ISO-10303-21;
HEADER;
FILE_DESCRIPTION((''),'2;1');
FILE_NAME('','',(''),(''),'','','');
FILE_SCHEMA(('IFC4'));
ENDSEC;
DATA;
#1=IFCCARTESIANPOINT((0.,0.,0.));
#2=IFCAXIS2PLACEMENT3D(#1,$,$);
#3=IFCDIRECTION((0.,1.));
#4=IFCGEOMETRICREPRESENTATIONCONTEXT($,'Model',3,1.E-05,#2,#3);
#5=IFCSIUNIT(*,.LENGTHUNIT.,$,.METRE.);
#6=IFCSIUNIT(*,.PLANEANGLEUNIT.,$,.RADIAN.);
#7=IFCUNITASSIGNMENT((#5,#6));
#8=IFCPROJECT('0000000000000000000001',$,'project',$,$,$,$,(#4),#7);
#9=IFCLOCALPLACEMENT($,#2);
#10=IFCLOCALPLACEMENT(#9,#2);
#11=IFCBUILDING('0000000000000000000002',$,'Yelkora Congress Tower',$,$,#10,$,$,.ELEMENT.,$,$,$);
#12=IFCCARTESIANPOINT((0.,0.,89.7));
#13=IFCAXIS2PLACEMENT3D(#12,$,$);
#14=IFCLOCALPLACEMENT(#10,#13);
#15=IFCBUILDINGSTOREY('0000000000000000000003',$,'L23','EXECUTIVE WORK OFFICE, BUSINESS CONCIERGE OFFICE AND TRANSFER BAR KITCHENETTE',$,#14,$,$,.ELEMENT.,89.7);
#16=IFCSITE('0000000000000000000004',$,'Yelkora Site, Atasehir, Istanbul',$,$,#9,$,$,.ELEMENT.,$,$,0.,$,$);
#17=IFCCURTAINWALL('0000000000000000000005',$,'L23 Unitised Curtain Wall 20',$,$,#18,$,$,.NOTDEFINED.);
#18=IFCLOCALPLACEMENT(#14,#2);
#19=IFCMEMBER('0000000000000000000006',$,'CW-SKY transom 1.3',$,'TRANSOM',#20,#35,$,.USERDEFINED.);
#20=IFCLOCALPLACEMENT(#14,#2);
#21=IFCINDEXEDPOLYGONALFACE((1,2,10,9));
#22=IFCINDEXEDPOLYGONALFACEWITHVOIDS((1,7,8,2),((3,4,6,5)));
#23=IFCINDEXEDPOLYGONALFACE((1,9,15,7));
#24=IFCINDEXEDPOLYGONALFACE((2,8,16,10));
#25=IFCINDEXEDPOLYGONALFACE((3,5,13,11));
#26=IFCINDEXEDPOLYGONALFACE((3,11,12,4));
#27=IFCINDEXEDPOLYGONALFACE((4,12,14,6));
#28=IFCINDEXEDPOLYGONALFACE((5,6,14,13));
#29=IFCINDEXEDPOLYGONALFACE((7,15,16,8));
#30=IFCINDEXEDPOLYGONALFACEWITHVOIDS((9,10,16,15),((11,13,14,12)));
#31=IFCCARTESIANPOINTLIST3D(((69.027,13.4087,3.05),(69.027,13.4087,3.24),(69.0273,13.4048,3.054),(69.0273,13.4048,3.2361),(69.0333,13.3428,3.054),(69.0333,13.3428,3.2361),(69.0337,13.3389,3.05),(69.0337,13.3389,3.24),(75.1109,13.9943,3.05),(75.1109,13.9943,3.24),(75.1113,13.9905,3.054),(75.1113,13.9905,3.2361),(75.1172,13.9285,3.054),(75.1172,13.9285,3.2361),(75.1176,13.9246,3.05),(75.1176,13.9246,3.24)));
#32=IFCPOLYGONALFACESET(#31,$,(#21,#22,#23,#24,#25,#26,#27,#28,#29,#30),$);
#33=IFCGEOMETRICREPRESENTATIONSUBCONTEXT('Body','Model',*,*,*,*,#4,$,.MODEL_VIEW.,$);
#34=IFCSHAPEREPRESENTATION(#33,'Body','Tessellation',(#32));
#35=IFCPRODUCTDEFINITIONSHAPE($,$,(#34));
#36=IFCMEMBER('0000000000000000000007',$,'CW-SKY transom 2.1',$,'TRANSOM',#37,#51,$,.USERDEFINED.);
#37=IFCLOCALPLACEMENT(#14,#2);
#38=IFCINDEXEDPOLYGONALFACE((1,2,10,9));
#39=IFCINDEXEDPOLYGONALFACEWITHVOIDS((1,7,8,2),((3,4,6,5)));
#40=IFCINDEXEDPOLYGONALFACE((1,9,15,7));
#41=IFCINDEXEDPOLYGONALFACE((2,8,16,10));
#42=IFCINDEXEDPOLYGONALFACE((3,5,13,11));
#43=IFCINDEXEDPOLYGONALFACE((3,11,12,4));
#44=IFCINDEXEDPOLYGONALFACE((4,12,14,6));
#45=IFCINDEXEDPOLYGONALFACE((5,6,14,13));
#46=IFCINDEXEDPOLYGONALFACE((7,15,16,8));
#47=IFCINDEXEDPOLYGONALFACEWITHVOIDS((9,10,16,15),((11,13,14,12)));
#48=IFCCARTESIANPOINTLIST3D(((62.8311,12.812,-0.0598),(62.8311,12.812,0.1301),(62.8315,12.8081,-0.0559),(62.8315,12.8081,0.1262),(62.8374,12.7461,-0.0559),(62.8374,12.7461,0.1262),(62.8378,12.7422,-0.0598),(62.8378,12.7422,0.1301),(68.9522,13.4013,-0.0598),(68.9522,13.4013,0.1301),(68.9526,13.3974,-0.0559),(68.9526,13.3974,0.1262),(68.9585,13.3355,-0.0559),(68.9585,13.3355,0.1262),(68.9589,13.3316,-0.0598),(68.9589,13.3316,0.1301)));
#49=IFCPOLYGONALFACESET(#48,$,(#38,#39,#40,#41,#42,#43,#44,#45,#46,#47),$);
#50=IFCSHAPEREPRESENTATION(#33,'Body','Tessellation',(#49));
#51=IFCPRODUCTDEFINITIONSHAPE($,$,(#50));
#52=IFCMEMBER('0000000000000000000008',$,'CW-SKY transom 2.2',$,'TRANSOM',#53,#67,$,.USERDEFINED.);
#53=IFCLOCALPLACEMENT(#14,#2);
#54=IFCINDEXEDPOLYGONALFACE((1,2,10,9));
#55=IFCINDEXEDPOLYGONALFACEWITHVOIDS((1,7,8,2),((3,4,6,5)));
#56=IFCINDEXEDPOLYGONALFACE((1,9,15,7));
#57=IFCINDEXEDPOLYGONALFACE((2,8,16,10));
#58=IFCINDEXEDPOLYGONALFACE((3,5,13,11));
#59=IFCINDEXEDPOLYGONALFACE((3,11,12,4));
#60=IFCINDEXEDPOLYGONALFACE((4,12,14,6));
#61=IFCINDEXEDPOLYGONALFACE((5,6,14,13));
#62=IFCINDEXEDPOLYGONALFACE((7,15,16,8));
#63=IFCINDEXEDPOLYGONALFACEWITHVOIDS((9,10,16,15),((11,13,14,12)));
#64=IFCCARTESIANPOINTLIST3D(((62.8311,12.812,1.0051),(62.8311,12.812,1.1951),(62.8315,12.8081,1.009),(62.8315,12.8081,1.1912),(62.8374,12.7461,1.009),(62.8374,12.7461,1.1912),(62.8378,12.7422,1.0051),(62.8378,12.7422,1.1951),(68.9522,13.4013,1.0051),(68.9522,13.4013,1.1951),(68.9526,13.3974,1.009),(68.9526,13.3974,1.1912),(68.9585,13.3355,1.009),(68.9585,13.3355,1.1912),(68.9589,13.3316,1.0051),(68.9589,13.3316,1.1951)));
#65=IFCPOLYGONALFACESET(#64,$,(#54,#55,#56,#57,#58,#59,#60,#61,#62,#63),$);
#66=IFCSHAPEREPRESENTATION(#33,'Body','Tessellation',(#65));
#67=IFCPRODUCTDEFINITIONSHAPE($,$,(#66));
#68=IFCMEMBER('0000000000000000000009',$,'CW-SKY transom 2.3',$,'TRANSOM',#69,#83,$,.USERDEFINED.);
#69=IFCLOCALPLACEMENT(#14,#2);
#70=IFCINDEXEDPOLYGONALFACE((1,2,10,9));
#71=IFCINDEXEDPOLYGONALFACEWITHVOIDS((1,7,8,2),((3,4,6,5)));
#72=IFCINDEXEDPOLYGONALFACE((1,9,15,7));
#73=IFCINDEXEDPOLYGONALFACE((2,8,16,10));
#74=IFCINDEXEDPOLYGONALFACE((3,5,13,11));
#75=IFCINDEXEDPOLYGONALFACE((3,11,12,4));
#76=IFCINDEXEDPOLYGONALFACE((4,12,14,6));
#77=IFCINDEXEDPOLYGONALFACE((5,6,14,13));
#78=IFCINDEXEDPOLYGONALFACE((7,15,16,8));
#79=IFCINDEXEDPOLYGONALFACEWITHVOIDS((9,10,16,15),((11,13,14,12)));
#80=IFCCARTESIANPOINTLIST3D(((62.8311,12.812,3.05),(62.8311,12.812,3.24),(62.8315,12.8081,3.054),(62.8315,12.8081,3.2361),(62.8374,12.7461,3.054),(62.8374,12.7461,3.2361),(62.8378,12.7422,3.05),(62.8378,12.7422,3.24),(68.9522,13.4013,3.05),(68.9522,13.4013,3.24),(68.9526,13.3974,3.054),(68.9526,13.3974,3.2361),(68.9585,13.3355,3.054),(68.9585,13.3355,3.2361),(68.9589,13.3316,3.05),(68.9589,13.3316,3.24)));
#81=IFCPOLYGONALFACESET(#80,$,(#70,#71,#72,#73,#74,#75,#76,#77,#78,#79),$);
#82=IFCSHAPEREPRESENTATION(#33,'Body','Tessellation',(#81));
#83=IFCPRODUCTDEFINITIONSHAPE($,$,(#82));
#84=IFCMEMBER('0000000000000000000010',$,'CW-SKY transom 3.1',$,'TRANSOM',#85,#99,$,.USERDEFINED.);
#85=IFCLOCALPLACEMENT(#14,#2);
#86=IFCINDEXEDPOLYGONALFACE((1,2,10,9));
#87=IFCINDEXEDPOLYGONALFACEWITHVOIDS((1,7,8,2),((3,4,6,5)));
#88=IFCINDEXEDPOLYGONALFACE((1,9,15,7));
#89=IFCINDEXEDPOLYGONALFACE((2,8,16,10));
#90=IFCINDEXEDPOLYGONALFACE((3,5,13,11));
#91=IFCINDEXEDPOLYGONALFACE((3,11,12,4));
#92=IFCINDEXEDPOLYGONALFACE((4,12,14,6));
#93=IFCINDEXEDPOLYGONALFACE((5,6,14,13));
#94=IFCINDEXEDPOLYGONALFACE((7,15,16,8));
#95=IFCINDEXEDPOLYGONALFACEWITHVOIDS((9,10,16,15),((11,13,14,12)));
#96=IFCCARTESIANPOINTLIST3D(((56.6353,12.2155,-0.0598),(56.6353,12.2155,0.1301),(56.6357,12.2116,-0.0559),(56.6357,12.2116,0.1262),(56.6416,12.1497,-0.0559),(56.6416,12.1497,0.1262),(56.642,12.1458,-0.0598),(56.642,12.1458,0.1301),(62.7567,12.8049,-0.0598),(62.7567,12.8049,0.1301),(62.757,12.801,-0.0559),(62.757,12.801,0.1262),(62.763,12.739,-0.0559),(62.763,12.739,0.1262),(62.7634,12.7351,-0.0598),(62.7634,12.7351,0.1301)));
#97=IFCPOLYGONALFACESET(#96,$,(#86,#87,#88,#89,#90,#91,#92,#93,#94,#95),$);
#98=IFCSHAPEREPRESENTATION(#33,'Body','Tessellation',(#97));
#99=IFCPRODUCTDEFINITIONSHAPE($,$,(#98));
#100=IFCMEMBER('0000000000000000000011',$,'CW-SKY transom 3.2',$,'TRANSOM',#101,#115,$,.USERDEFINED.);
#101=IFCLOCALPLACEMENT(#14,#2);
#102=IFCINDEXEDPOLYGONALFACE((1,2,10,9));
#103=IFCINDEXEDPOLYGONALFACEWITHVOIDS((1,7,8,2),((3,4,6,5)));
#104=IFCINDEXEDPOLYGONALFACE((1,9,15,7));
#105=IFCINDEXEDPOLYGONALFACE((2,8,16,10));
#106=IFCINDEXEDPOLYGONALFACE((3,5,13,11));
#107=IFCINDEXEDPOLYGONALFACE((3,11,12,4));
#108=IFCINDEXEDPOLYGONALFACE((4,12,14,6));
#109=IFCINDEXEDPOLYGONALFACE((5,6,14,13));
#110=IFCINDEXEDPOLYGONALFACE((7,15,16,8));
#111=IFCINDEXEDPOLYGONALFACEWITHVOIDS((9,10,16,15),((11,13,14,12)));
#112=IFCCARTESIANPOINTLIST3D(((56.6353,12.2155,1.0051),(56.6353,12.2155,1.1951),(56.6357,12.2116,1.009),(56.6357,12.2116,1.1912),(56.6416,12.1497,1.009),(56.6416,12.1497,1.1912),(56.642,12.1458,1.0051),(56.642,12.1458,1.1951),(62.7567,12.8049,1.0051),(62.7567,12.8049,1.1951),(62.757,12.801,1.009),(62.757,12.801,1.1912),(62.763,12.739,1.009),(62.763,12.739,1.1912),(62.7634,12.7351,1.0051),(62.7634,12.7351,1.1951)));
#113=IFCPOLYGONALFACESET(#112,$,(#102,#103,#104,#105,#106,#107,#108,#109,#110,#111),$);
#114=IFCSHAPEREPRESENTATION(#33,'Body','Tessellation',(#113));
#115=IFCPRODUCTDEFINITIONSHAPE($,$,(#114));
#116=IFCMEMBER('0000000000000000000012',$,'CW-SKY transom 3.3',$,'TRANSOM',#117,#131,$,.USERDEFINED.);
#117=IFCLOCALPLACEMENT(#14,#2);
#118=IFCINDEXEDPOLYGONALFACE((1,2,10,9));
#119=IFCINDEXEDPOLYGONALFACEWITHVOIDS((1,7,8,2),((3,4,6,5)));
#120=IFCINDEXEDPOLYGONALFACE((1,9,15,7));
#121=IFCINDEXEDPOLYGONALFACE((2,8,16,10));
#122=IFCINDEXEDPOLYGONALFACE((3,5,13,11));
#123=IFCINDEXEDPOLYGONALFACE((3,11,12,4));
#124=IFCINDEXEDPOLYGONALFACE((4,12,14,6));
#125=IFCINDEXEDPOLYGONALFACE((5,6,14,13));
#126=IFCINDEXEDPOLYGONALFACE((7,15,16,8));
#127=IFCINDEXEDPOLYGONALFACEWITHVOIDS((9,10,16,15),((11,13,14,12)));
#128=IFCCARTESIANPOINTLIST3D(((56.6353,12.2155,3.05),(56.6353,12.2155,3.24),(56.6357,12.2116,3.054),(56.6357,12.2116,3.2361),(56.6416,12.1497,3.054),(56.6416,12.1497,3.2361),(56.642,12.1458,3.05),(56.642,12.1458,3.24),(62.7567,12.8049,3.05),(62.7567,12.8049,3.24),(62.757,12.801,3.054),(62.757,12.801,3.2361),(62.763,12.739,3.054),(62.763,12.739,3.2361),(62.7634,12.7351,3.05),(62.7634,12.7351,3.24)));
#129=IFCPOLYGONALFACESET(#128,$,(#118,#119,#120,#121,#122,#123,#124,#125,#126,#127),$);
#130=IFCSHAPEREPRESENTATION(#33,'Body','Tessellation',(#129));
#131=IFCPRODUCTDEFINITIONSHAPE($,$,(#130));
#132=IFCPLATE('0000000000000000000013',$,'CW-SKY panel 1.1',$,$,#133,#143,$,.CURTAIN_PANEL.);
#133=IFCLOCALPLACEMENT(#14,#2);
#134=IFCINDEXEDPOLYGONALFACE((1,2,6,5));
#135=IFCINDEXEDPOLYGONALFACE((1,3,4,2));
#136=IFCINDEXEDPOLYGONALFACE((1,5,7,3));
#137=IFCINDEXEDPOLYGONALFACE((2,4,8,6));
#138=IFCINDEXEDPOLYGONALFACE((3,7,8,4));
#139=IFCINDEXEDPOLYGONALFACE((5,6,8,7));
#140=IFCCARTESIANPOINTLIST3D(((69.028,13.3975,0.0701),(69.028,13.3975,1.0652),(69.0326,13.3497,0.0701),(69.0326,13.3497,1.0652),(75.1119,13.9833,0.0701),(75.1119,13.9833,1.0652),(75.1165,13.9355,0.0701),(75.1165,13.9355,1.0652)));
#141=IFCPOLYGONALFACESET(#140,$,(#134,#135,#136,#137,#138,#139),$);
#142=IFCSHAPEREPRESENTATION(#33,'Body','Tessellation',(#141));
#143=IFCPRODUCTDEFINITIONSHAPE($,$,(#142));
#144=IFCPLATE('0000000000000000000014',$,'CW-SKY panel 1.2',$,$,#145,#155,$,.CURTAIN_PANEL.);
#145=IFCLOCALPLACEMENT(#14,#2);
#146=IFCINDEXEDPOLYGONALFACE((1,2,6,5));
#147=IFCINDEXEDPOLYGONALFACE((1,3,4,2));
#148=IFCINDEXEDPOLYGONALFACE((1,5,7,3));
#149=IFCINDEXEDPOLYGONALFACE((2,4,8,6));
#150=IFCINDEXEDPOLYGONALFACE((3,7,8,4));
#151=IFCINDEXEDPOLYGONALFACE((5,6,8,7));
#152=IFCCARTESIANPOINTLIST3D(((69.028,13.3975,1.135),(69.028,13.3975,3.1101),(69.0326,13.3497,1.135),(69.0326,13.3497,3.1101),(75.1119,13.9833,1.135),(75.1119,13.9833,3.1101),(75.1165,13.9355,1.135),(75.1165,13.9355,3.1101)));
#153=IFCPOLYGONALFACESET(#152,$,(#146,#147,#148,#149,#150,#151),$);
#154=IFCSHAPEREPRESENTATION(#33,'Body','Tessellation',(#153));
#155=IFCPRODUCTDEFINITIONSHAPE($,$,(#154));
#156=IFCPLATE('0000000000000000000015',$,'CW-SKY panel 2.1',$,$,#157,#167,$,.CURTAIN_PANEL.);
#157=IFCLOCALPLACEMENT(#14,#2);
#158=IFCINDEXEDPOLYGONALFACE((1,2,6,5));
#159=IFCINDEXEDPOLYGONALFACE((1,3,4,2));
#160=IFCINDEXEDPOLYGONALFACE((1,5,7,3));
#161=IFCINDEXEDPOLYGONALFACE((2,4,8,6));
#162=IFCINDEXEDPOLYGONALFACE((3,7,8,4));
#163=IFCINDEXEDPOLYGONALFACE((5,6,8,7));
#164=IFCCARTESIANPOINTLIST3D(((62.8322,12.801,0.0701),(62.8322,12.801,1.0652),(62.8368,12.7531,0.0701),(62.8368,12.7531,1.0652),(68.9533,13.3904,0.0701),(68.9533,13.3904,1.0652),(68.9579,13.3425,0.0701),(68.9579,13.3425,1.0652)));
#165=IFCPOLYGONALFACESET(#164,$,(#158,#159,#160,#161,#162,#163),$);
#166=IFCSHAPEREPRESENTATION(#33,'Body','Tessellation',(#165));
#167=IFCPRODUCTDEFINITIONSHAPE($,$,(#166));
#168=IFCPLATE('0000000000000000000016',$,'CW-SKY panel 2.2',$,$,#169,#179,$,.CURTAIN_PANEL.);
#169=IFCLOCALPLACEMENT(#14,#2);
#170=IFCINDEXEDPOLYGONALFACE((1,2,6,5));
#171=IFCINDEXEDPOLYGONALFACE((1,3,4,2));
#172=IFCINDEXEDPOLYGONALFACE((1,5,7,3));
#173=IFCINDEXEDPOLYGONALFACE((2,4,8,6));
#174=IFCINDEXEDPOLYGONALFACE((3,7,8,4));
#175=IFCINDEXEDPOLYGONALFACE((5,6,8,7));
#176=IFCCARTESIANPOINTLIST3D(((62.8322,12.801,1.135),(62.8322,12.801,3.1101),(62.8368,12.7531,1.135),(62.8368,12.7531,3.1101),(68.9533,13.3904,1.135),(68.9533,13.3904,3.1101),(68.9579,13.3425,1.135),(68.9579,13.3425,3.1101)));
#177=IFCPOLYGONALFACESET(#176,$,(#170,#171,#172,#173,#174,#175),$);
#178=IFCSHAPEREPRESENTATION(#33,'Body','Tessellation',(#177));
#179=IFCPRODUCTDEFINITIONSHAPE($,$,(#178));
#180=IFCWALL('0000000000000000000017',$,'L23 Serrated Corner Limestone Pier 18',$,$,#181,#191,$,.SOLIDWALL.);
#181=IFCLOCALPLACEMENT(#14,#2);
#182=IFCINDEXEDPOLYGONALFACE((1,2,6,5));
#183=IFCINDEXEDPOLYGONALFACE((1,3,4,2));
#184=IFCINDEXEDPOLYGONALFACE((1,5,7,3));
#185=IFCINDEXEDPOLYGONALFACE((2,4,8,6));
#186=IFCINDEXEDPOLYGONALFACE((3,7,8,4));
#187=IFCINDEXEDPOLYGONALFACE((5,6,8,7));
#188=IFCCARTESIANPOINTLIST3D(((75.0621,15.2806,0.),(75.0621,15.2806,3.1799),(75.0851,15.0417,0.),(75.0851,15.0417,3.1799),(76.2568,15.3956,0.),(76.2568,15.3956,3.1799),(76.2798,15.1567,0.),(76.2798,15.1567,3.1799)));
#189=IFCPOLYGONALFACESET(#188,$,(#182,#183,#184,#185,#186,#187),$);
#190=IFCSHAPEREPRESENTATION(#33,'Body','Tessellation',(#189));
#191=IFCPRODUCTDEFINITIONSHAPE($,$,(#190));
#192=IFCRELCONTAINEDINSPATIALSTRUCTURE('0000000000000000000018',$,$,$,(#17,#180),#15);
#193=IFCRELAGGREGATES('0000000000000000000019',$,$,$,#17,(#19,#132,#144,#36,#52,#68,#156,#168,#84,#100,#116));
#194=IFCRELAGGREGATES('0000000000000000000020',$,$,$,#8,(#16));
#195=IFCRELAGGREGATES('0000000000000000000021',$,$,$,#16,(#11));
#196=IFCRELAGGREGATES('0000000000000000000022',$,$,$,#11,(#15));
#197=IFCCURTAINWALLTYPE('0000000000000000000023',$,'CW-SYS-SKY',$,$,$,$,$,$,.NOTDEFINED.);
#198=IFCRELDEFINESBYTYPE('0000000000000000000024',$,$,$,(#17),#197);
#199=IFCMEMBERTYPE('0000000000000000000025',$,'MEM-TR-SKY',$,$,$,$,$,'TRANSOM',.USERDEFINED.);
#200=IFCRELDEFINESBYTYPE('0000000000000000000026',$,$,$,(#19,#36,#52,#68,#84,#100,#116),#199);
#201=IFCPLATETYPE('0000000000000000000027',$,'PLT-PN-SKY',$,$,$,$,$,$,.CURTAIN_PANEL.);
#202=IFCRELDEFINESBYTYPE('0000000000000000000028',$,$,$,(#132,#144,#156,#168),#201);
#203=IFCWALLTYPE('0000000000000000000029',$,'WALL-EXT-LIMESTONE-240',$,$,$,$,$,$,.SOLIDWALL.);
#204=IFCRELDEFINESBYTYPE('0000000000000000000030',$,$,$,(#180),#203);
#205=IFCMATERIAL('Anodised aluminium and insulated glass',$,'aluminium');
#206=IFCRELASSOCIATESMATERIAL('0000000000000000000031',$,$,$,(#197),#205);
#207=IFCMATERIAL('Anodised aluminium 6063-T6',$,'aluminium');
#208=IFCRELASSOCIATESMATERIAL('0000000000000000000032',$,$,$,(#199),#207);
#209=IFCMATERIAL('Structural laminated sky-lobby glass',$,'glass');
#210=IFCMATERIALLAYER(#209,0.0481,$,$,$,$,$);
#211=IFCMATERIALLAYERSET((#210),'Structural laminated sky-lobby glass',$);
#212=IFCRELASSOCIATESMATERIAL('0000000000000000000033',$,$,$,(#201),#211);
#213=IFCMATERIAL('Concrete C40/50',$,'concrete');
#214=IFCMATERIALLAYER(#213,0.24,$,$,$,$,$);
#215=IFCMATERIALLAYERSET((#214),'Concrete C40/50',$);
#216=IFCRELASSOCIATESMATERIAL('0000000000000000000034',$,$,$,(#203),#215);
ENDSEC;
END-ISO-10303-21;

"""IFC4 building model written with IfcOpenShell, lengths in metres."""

from ifc_helpers import new_model, si_unit, direction, frame, frame_2d, origin, origin_2d, place, context, subcontext, project, spatial, rectangle, hollow_rectangle, extrude, material, layer, layer_set, material_profile, profile_set, type_object, element, aggregate, save


model = new_model("IFC4")

# Units and contexts
model_context = context("Model", 3, precision=1e-05, world=origin(), true_north=direction((0.0, 1.0)))
body_context = subcontext(model_context, "Body", "Model", "MODEL_VIEW")
ifc_project = project(units=[si_unit("LENGTHUNIT", "METRE"), si_unit("PLANEANGLEUNIT", "RADIAN")], contexts=[model_context])

# Site, building, storey
site_placement = place(None, origin())
site = spatial("IfcSite", under=ifc_project, at=site_placement, Name="Yelkora Site, Atasehir, Istanbul", CompositionType="ELEMENT", RefElevation=0.0)
building_placement = place(site_placement, origin())
building = spatial("IfcBuilding", under=site, at=building_placement, Name="Yelkora Congress Tower", CompositionType="ELEMENT")
storey_placement = place(building_placement, frame((0.0, 0.0, 89.7)))
storey = spatial("IfcBuildingStorey", under=building, at=storey_placement, Name="L23", Description="EXECUTIVE WORK OFFICE, BUSINESS CONCIERGE OFFICE AND TRANSFER BAR KITCHENETTE", CompositionType="ELEMENT", Elevation=89.7)

# Curtain wall, members, plates
ifc_material_1 = material(Name="Anodised aluminium and insulated glass", Category="aluminium")
curtain_wall_type = type_object("IfcCurtainWallType", Name="CW-SYS-SKY", PredefinedType="NOTDEFINED", material=ifc_material_1)
curtain_wall_placement = place(storey_placement, origin())
curtain_wall = element("IfcCurtainWall", 1, at=curtain_wall_placement, inside=storey, type_object=curtain_wall_type, Name="L23 Unitised Curtain Wall 20", PredefinedType="NOTDEFINED")
ifc_material_2 = material(Name="Anodised aluminium 6063-T6", Category="aluminium")
ifc_material_profile_1 = material_profile(ifc_material_2, hollow_rectangle(XDim=0.0701, YDim=0.1899, WallThickness=0.0039, at=origin_2d()), Name="ALU 70x190x4")
ifc_profile_set_1 = profile_set([ifc_material_profile_1], Name="Anodised aluminium 6063-T6")
member_type_1 = type_object("IfcMemberType", Name="MEM-TR-SKY", ElementType="TRANSOM", PredefinedType="USERDEFINED", material=ifc_profile_set_1)
member_1_placement = place(storey_placement, frame((75.1143, 13.9595, 3.145), z_axis=(-0.995398, -0.095825, 0.0), x_axis=(0.095825, -0.995398, 0.0)))
member_1 = element("IfcMember", 2, at=member_1_placement, type_object=member_type_1, Name="CW-SKY transom 1.3", ObjectType="TRANSOM", PredefinedType="USERDEFINED", context=body_context, shape_type="SweptSolid", body=[
    extrude(hollow_rectangle(XDim=0.0701, YDim=0.1899, WallThickness=0.0039, at=origin_2d()), origin(), (0.0, 0.0, 1.0), 6.1121),
])
member_2_placement = place(storey_placement, frame((68.9556, 13.3665, 0.0352), z_axis=(-0.995397, -0.095839, 0.0), x_axis=(0.095839, -0.995397, 0.0)))
member_2 = element("IfcMember", 3, at=member_2_placement, type_object=member_type_1, Name="CW-SKY transom 2.1", ObjectType="TRANSOM", PredefinedType="USERDEFINED", context=body_context, shape_type="SweptSolid", body=[
    extrude(hollow_rectangle(XDim=0.0701, YDim=0.1899, WallThickness=0.0039, at=origin_2d()), origin(), (0.0, 0.0, 1.0), 6.1494),
])
member_3_placement = place(storey_placement, frame((68.9556, 13.3665, 1.1001), z_axis=(-0.995397, -0.095839, 0.0), x_axis=(0.095839, -0.995397, 0.0)))
member_3 = element("IfcMember", 4, at=member_3_placement, type_object=member_type_1, Name="CW-SKY transom 2.2", ObjectType="TRANSOM", PredefinedType="USERDEFINED", context=body_context, shape_type="SweptSolid", body=[
    extrude(hollow_rectangle(XDim=0.0701, YDim=0.1899, WallThickness=0.0039, at=origin_2d()), origin(), (0.0, 0.0, 1.0), 6.1494),
])
member_4_placement = place(storey_placement, frame((68.9556, 13.3665, 3.145), z_axis=(-0.995397, -0.095839, 0.0), x_axis=(0.095839, -0.995397, 0.0)))
member_4 = element("IfcMember", 5, at=member_4_placement, type_object=member_type_1, Name="CW-SKY transom 2.3", ObjectType="TRANSOM", PredefinedType="USERDEFINED", context=body_context, shape_type="SweptSolid", body=[
    extrude(hollow_rectangle(XDim=0.0701, YDim=0.1899, WallThickness=0.0039, at=origin_2d()), origin(), (0.0, 0.0, 1.0), 6.1494),
])
member_5_placement = place(storey_placement, frame((62.76, 12.77, 0.0352), z_axis=(-0.995397, -0.095836, 0.0), x_axis=(0.095836, -0.995397, 0.0)))
member_5 = element("IfcMember", 6, at=member_5_placement, type_object=member_type_1, Name="CW-SKY transom 3.1", ObjectType="TRANSOM", PredefinedType="USERDEFINED", context=body_context, shape_type="SweptSolid", body=[
    extrude(hollow_rectangle(XDim=0.0701, YDim=0.1899, WallThickness=0.0039, at=origin_2d()), origin(), (0.0, 0.0, 1.0), 6.1497),
])
member_6_placement = place(storey_placement, frame((62.76, 12.77, 1.1001), z_axis=(-0.995397, -0.095836, 0.0), x_axis=(0.095836, -0.995397, 0.0)))
member_6 = element("IfcMember", 7, at=member_6_placement, type_object=member_type_1, Name="CW-SKY transom 3.2", ObjectType="TRANSOM", PredefinedType="USERDEFINED", context=body_context, shape_type="SweptSolid", body=[
    extrude(hollow_rectangle(XDim=0.0701, YDim=0.1899, WallThickness=0.0039, at=origin_2d()), origin(), (0.0, 0.0, 1.0), 6.1497),
])
member_7_placement = place(storey_placement, frame((62.76, 12.77, 3.145), z_axis=(-0.995397, -0.095836, 0.0), x_axis=(0.095836, -0.995397, 0.0)))
member_7 = element("IfcMember", 8, at=member_7_placement, type_object=member_type_1, Name="CW-SKY transom 3.3", ObjectType="TRANSOM", PredefinedType="USERDEFINED", context=body_context, shape_type="SweptSolid", body=[
    extrude(hollow_rectangle(XDim=0.0701, YDim=0.1899, WallThickness=0.0039, at=origin_2d()), origin(), (0.0, 0.0, 1.0), 6.1497),
])
ifc_material_3 = material(Name="Structural laminated sky-lobby glass", Category="glass")
ifc_layer_1 = layer(ifc_material_3, 0.0481)
ifc_layer_set_1 = layer_set([ifc_layer_1], Name="Structural laminated sky-lobby glass")
plate_type = type_object("IfcPlateType", Name="PLT-PN-SKY", PredefinedType="CURTAIN_PANEL", material=ifc_layer_set_1)
plate_1_placement = place(storey_placement, frame((72.0723, 13.6665, 0.0701), z_axis=(0.0, 0.0, 1.0), x_axis=(-0.995396, -0.095844, 0.0)))
plate_1 = element("IfcPlate", 9, at=plate_1_placement, type_object=plate_type, Name="CW-SKY panel 1.1", PredefinedType="CURTAIN_PANEL", context=body_context, shape_type="SweptSolid", body=[
    extrude(rectangle(XDim=6.1121, YDim=0.0481, at=origin_2d()), origin(), (0.0, 0.0, 1.0), 0.9951),
])
plate_2_placement = place(storey_placement, frame((72.0723, 13.6665, 1.135), z_axis=(0.0, 0.0, 1.0), x_axis=(-0.995396, -0.095844, 0.0)))
plate_2 = element("IfcPlate", 10, at=plate_2_placement, type_object=plate_type, Name="CW-SKY panel 1.2", PredefinedType="CURTAIN_PANEL", context=body_context, shape_type="SweptSolid", body=[
    extrude(rectangle(XDim=6.1121, YDim=0.0481, at=origin_2d()), origin(), (0.0, 0.0, 1.0), 1.9751),
])
plate_3_placement = place(storey_placement, frame((65.895, 13.0718, 0.0701), z_axis=(0.0, 0.0, 1.0), x_axis=(-0.995396, -0.095844, 0.0)))
plate_3 = element("IfcPlate", 11, at=plate_3_placement, type_object=plate_type, Name="CW-SKY panel 2.1", PredefinedType="CURTAIN_PANEL", context=body_context, shape_type="SweptSolid", body=[
    extrude(rectangle(XDim=6.1494, YDim=0.0481, at=origin_2d()), origin(), (0.0, 0.0, 1.0), 0.9951),
])
plate_4_placement = place(storey_placement, frame((65.895, 13.0718, 1.135), z_axis=(0.0, 0.0, 1.0), x_axis=(-0.995396, -0.095844, 0.0)))
plate_4 = element("IfcPlate", 12, at=plate_4_placement, type_object=plate_type, Name="CW-SKY panel 2.2", PredefinedType="CURTAIN_PANEL", context=body_context, shape_type="SweptSolid", body=[
    extrude(rectangle(XDim=6.1494, YDim=0.0481, at=origin_2d()), origin(), (0.0, 0.0, 1.0), 1.9751),
])
aggregate(curtain_wall, [member_1, plate_1, plate_2, member_2, member_3, member_4, plate_3, plate_4, member_5, member_6, member_7])

# Wall
ifc_material_4 = material(Name="Concrete C40/50", Category="concrete")
ifc_layer_2 = layer(ifc_material_4, 0.24)
ifc_layer_set_2 = layer_set([ifc_layer_2], Name="Concrete C40/50")
wall_type = type_object("IfcWallType", Name="WALL-EXT-LIMESTONE-240", PredefinedType="SOLIDWALL", material=ifc_layer_set_2)
wall_1_placement = place(storey_placement, frame((76.2683, 15.2761, 0.0), z_axis=(0.0, 0.0, 1.0), x_axis=(-0.995399, -0.095817, 0.0)))
element("IfcWall", 13, at=wall_1_placement, inside=storey, type_object=wall_type, Name="L23 Serrated Corner Limestone Pier 18", PredefinedType="SOLIDWALL", context=body_context, shape_type="SweptSolid", body=[
    extrude(rectangle(XDim=1.2002, YDim=0.24, at=frame_2d((0.6001, 0.0))), origin(), (0.0, 0.0, 1.0), 3.1799),
])

save(model, "model.ifc")
